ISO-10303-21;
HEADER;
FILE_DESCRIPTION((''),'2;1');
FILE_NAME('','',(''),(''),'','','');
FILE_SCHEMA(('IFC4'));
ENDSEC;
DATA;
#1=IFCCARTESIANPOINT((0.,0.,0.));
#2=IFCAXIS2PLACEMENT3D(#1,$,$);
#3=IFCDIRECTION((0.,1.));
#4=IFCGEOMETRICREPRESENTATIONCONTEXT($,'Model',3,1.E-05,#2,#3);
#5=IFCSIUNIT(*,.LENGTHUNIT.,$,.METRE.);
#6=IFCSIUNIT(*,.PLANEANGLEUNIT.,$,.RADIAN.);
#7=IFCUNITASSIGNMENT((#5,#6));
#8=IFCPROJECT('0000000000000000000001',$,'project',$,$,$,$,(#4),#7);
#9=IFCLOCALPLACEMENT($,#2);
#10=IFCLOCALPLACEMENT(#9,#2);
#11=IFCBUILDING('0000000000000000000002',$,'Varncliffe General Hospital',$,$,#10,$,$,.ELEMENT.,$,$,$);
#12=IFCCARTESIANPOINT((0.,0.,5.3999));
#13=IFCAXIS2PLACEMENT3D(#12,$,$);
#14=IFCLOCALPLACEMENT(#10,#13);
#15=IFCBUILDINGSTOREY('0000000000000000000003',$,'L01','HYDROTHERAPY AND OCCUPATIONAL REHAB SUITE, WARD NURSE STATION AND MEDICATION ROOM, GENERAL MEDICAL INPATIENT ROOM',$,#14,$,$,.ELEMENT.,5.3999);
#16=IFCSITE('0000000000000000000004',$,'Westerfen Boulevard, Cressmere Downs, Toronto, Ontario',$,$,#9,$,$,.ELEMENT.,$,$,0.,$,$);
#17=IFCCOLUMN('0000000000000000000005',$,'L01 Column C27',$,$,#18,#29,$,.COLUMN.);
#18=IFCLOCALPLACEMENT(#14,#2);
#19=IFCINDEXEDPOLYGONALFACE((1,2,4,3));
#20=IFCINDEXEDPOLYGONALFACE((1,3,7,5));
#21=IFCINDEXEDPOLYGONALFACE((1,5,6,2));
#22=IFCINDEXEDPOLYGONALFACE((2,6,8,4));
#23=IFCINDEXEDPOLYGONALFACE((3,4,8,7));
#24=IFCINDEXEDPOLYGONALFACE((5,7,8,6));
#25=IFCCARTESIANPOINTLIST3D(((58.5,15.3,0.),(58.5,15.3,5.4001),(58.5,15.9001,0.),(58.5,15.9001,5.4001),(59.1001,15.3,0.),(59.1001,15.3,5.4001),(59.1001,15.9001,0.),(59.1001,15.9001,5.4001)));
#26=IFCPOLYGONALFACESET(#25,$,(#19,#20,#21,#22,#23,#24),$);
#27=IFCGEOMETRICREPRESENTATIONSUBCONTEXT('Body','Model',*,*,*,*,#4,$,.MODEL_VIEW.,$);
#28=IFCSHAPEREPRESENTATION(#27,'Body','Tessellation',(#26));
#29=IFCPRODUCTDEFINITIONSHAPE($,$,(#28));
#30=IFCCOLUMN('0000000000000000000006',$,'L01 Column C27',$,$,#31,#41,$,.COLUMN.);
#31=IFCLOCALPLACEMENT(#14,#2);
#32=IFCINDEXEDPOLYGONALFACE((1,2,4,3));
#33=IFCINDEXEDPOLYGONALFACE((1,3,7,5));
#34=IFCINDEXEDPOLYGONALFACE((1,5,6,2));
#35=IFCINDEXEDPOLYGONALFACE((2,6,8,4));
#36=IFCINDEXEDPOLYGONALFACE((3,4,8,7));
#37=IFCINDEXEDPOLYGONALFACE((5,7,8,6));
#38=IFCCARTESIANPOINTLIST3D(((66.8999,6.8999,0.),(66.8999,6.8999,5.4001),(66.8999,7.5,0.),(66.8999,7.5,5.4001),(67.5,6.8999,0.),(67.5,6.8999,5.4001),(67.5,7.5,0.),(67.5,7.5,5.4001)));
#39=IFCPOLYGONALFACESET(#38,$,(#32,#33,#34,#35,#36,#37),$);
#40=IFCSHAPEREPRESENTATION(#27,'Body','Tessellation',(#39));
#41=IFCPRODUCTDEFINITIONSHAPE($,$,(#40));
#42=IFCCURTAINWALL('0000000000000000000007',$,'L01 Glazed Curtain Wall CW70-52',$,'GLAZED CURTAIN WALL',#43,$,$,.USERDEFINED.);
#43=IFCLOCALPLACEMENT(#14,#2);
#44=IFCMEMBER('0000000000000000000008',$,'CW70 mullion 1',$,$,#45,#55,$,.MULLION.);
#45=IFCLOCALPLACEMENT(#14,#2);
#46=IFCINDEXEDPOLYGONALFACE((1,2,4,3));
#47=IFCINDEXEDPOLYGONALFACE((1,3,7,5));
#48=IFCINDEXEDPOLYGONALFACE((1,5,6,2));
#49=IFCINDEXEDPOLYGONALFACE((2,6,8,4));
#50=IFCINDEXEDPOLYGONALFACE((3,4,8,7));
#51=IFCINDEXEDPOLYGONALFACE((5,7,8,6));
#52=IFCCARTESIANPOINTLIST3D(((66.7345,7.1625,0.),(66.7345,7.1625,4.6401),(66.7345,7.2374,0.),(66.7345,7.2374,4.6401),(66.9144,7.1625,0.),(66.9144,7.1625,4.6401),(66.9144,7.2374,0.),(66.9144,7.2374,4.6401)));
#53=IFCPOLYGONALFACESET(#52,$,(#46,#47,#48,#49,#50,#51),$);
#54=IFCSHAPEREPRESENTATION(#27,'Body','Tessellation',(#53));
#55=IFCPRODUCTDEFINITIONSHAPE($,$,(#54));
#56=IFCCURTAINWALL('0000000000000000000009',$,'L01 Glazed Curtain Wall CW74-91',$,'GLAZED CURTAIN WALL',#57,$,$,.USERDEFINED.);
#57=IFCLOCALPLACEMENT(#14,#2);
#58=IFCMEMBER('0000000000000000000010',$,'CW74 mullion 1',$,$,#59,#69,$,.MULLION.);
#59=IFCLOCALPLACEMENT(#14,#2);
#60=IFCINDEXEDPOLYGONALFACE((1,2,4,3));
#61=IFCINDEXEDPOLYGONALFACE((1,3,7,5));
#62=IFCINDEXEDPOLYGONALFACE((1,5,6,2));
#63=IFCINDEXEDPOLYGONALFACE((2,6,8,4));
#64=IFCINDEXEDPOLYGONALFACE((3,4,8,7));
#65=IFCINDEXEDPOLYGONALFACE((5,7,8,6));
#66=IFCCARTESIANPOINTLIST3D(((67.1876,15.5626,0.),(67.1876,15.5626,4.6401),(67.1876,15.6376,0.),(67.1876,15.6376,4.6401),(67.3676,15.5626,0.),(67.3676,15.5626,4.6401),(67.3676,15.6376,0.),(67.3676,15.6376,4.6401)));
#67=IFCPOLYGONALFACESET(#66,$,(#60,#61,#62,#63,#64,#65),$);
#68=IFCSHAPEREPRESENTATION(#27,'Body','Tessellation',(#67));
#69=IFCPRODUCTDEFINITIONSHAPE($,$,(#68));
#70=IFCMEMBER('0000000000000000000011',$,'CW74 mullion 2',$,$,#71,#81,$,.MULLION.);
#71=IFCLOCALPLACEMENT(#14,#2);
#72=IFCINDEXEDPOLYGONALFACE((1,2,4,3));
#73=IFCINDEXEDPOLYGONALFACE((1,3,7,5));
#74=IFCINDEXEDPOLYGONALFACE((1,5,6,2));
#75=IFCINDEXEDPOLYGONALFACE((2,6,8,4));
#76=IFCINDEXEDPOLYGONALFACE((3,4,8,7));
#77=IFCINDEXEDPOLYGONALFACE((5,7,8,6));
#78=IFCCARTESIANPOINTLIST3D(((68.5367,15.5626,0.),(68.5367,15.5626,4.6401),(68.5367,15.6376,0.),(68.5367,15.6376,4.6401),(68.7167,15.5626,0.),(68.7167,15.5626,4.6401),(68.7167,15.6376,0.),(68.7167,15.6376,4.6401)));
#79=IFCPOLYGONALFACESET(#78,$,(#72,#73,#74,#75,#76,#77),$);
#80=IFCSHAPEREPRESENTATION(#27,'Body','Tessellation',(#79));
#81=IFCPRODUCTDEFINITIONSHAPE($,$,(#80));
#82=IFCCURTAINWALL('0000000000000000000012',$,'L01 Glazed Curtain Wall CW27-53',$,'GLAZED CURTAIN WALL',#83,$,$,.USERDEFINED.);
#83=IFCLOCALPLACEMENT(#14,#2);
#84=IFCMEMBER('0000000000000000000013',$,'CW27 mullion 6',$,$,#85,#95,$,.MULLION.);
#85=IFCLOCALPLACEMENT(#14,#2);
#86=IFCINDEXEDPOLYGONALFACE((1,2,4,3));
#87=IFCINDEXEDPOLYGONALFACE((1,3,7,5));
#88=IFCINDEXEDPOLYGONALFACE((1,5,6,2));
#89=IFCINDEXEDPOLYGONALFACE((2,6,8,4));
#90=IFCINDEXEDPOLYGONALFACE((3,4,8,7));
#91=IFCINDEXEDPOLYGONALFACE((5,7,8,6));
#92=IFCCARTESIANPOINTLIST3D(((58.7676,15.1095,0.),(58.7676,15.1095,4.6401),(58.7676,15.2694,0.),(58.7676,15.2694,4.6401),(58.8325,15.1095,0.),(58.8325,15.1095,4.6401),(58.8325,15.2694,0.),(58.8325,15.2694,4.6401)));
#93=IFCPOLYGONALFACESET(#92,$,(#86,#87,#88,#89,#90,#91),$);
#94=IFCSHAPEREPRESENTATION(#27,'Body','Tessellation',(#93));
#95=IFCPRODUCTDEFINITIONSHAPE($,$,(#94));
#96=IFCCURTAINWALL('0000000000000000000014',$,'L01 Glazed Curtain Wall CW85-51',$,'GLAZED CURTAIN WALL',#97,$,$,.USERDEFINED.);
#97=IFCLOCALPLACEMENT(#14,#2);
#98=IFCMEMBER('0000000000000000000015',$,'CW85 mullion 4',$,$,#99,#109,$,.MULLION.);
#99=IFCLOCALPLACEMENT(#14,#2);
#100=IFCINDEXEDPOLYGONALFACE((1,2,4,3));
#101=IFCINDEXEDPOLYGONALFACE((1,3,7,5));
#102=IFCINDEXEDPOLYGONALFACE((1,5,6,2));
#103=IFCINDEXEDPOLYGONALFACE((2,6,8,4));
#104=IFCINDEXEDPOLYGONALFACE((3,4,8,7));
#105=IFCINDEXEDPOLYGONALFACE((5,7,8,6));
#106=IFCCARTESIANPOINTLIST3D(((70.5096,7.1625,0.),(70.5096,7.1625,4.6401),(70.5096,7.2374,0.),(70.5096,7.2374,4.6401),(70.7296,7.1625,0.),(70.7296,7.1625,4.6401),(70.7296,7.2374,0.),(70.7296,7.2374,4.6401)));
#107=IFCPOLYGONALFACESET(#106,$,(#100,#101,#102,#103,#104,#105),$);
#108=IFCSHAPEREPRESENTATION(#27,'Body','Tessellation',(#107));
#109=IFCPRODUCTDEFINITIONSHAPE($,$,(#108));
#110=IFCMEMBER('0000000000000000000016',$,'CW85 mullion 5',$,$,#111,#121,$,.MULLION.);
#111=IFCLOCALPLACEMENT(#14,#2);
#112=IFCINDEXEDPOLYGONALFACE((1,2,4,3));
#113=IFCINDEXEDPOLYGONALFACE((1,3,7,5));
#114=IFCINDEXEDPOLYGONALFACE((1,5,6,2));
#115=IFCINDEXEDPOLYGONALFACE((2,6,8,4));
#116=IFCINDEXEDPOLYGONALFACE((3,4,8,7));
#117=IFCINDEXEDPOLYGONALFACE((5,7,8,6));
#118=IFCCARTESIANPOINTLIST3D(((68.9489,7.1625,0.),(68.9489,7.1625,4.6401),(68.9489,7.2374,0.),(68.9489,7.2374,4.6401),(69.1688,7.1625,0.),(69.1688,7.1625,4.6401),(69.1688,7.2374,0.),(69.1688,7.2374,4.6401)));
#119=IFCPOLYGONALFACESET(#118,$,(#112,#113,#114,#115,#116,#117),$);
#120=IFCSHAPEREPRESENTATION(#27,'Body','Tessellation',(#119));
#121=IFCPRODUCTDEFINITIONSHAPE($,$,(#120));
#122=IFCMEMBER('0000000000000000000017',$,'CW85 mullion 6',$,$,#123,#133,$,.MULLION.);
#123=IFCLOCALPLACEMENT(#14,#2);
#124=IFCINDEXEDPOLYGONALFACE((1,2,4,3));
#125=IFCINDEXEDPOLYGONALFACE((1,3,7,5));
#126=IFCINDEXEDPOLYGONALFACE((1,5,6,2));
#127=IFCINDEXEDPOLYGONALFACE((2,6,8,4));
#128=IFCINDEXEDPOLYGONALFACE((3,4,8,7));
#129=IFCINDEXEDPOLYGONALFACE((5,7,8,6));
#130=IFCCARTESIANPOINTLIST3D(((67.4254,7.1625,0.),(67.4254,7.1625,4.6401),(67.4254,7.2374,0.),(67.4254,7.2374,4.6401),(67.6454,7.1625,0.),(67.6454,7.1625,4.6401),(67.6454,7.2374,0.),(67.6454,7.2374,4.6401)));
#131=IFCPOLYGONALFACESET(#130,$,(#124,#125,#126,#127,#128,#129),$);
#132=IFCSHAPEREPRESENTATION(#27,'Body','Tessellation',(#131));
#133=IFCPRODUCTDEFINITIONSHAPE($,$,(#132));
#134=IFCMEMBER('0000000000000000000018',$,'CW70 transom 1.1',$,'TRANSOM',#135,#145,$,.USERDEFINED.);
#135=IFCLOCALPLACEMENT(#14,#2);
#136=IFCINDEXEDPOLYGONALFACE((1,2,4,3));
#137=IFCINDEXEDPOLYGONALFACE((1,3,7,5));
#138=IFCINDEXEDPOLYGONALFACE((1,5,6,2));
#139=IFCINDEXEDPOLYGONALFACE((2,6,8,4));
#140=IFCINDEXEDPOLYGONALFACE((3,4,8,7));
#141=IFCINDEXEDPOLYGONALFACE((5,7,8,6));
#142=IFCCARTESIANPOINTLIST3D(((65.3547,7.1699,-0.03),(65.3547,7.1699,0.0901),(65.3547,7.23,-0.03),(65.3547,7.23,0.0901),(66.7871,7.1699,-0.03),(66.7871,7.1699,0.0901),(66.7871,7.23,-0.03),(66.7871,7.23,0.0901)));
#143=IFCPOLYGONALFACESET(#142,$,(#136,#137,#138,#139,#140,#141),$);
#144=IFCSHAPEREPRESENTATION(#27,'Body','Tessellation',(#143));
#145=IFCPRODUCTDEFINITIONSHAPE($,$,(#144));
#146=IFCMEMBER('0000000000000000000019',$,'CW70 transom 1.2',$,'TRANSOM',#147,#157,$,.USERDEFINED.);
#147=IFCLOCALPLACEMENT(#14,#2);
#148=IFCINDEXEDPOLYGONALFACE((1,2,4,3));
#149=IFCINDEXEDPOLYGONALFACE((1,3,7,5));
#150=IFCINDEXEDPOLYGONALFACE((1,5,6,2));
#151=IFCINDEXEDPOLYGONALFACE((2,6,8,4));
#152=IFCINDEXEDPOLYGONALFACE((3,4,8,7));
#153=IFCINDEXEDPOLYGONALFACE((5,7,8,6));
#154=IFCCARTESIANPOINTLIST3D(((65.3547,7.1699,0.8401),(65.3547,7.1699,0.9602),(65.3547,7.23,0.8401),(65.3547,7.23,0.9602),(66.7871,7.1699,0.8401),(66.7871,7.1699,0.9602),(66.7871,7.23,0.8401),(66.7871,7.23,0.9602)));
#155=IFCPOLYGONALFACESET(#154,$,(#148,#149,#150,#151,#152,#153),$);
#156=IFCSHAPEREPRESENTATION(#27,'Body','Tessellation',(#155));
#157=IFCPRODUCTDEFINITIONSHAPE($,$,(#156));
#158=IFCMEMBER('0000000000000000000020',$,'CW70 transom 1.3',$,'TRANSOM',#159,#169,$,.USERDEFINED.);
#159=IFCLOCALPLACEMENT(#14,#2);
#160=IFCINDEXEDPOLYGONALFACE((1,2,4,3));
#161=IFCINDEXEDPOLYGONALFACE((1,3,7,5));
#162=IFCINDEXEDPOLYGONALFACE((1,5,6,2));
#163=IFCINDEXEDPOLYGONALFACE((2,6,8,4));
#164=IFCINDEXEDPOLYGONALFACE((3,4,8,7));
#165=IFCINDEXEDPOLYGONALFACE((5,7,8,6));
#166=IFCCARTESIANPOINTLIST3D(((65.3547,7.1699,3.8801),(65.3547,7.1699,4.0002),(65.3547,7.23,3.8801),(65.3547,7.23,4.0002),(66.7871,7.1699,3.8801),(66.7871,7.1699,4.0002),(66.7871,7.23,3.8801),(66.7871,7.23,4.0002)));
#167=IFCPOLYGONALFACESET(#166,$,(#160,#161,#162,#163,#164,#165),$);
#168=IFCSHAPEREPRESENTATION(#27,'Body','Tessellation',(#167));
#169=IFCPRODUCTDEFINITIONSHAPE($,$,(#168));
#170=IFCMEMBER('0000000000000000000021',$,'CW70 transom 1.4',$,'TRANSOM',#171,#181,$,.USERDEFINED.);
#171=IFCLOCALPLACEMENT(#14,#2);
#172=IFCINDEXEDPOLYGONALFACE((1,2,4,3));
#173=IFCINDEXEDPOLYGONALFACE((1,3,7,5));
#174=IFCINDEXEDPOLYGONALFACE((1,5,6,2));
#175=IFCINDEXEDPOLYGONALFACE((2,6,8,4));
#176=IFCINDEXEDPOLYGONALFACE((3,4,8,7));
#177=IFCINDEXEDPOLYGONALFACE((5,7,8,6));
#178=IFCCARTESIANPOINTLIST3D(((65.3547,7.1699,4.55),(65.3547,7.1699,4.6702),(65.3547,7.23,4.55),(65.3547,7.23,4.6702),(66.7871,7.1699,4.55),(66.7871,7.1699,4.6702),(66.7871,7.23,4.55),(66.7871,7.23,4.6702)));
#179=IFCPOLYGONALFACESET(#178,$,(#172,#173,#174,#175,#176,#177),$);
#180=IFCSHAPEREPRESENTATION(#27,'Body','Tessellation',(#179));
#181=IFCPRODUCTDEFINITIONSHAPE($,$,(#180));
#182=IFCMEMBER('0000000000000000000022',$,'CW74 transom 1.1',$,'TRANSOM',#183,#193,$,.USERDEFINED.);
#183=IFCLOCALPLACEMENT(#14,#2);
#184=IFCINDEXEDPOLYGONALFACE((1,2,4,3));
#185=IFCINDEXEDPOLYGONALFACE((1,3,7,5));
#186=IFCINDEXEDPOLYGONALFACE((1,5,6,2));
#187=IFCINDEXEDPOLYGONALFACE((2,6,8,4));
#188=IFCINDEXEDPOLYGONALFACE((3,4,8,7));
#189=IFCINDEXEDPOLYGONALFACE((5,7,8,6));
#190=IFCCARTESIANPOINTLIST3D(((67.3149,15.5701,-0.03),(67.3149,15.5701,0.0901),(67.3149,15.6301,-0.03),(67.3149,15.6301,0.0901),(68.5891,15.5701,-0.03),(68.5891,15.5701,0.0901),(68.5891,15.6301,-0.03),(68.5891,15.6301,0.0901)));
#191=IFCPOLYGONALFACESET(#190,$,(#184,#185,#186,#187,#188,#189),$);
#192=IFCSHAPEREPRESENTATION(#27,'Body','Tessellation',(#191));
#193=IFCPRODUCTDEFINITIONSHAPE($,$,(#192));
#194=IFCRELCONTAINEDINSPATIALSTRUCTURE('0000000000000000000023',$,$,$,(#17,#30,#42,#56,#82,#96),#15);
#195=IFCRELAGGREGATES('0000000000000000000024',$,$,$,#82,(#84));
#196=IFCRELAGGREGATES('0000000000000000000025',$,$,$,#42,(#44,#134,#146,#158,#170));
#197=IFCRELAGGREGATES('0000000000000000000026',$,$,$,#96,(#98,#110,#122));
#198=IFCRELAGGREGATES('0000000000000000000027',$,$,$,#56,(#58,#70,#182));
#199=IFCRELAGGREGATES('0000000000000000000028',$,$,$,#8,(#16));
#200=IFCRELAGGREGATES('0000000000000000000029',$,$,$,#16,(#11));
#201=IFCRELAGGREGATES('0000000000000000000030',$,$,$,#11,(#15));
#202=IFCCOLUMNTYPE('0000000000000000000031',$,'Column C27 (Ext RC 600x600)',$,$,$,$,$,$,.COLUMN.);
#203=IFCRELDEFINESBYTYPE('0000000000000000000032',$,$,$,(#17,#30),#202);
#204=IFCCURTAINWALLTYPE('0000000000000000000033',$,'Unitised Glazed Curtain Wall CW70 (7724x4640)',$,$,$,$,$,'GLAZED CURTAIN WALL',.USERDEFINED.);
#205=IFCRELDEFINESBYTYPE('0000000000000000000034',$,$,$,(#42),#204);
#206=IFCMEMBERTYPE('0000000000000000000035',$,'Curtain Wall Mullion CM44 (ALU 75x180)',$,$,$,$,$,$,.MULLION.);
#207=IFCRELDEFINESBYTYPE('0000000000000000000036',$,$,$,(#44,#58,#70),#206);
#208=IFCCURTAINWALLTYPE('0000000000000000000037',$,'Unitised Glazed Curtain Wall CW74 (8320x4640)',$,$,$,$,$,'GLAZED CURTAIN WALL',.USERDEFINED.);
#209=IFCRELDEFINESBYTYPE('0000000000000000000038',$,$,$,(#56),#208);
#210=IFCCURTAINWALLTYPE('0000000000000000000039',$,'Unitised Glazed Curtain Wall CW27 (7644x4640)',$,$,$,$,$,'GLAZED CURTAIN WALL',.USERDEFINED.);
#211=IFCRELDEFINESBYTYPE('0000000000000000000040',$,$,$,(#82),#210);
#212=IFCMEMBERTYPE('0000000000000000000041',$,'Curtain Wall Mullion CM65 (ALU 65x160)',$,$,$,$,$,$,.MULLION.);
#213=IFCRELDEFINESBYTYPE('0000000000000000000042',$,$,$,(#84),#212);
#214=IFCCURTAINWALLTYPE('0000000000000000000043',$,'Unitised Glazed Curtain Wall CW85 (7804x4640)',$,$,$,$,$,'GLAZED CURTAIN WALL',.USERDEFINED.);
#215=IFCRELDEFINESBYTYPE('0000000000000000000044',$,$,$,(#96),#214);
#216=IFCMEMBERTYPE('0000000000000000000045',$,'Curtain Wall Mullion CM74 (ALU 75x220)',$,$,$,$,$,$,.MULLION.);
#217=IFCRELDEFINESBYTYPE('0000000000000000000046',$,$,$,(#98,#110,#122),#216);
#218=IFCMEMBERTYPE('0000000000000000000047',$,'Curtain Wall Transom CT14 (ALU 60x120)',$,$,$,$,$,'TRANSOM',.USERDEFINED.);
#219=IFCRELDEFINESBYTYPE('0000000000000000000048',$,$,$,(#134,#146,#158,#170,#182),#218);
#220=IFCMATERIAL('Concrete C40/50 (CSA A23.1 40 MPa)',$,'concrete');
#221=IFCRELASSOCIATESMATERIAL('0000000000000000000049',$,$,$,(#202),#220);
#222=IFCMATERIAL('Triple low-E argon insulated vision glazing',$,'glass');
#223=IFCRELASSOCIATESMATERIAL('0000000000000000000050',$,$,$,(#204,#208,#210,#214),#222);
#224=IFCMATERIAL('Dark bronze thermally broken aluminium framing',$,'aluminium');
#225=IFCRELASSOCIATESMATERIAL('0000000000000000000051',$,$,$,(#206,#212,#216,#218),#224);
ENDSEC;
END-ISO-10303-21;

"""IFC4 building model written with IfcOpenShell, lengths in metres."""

from ifc_helpers import new_model, si_unit, direction, frame, origin, origin_2d, place, context, subcontext, project, spatial, rectangle, extrude, material, material_profile, profile_set, type_object, element, aggregate, save


model = new_model("IFC4")

# Units and contexts
model_context = context("Model", 3, precision=1e-05, world=origin(), true_north=direction((0.0, 1.0)))
body_context = subcontext(model_context, "Body", "Model", "MODEL_VIEW")
ifc_project = project(units=[si_unit("LENGTHUNIT", "METRE"), si_unit("PLANEANGLEUNIT", "RADIAN")], contexts=[model_context])

# Site, building, storey
site_placement = place(None, origin())
site = spatial("IfcSite", under=ifc_project, at=site_placement, Name="Westerfen Boulevard, Cressmere Downs, Toronto, Ontario", CompositionType="ELEMENT", RefElevation=0.0)
building_placement = place(site_placement, origin())
building = spatial("IfcBuilding", under=site, at=building_placement, Name="Varncliffe General Hospital", CompositionType="ELEMENT")
storey_placement = place(building_placement, frame((0.0, 0.0, 5.3999)))
storey = spatial("IfcBuildingStorey", under=building, at=storey_placement, Name="L01", Description="HYDROTHERAPY AND OCCUPATIONAL REHAB SUITE, WARD NURSE STATION AND MEDICATION ROOM, GENERAL MEDICAL INPATIENT ROOM", CompositionType="ELEMENT", Elevation=5.3999)

# Columns
ifc_material_1 = material(Name="Concrete C40/50 (CSA A23.1 40 MPa)", Category="concrete")
ifc_material_profile_1 = material_profile(ifc_material_1, rectangle(XDim=0.6001, YDim=0.6001, at=origin_2d()), Name="RC 600x600")
ifc_profile_set_1 = profile_set([ifc_material_profile_1], Name="Concrete C40/50 (CSA A23.1 40 MPa)")
column_type = type_object("IfcColumnType", Name="Column C27 (Ext RC 600x600)", PredefinedType="COLUMN", material=ifc_profile_set_1)
for number, where, z_axis, x_axis, name in (
    (1, (58.8, 15.6001, 0.0), (0.0, 0.0, 1.0), (1.0, 0.0, 0.0), "L01 Column C27"),
    (2, (67.2, 7.2, 0.0), (0.0, 0.0, 1.0), (1.0, 0.0, 0.0), "L01 Column C27"),
):
    element("IfcColumn", number, at=place(storey_placement, frame(where, z_axis=z_axis, x_axis=x_axis)), inside=storey, type_object=column_type, Name=name, PredefinedType="COLUMN", context=body_context, shape_type="SweptSolid", body=[
        extrude(rectangle(XDim=0.6001, YDim=0.6001, at=origin_2d()), origin(), (0.0, 0.0, 1.0), 5.4001),
    ])

# Curtain wall, member
ifc_material_2 = material(Name="Triple low-E argon insulated vision glazing", Category="glass")
curtain_wall_type_1 = type_object("IfcCurtainWallType", Name="Unitised Glazed Curtain Wall CW70 (7724x4640)", ElementType="GLAZED CURTAIN WALL", PredefinedType="USERDEFINED", material=ifc_material_2)
curtain_wall_1_placement = place(storey_placement, origin())
curtain_wall_1 = element("IfcCurtainWall", 3, at=curtain_wall_1_placement, inside=storey, type_object=curtain_wall_type_1, Name="L01 Glazed Curtain Wall CW70-52", ObjectType="GLAZED CURTAIN WALL", PredefinedType="USERDEFINED")
ifc_material_3 = material(Name="Dark bronze thermally broken aluminium framing", Category="aluminium")
ifc_material_profile_2 = material_profile(ifc_material_3, rectangle(XDim=0.075, YDim=0.1799, at=origin_2d()), Name="ALU 75x180")
ifc_profile_set_2 = profile_set([ifc_material_profile_2], Name="Dark bronze thermally broken aluminium framing")
member_type_1 = type_object("IfcMemberType", Name="Curtain Wall Mullion CM44 (ALU 75x180)", PredefinedType="MULLION", material=ifc_profile_set_2)
member_1_placement = place(storey_placement, frame((66.8245, 7.2, 0.0), z_axis=(0.0, 0.0, 1.0), x_axis=(0.0, -1.0, 0.0)))
member_1 = element("IfcMember", 4, at=member_1_placement, type_object=member_type_1, Name="CW70 mullion 1", PredefinedType="MULLION", context=body_context, shape_type="SweptSolid", body=[
    extrude(rectangle(XDim=0.075, YDim=0.1799, at=origin_2d()), origin(), (0.0, 0.0, 1.0), 4.6401),
])

# Curtain wall, members
curtain_wall_type_2 = type_object("IfcCurtainWallType", Name="Unitised Glazed Curtain Wall CW74 (8320x4640)", ElementType="GLAZED CURTAIN WALL", PredefinedType="USERDEFINED", material=ifc_material_2)
curtain_wall_2_placement = place(storey_placement, origin())
curtain_wall_2 = element("IfcCurtainWall", 5, at=curtain_wall_2_placement, inside=storey, type_object=curtain_wall_type_2, Name="L01 Glazed Curtain Wall CW74-91", ObjectType="GLAZED CURTAIN WALL", PredefinedType="USERDEFINED")
member_2_placement = place(storey_placement, frame((67.2776, 15.6001, 0.0), z_axis=(0.0, 0.0, 1.0), x_axis=(0.0, 1.0, 0.0)))
member_2 = element("IfcMember", 6, at=member_2_placement, type_object=member_type_1, Name="CW74 mullion 1", PredefinedType="MULLION", context=body_context, shape_type="SweptSolid", body=[
    extrude(rectangle(XDim=0.075, YDim=0.1799, at=origin_2d()), origin(), (0.0, 0.0, 1.0), 4.6401),
])
member_3_placement = place(storey_placement, frame((68.6267, 15.6001, 0.0), z_axis=(0.0, 0.0, 1.0), x_axis=(0.0, 1.0, 0.0)))
member_3 = element("IfcMember", 7, at=member_3_placement, type_object=member_type_1, Name="CW74 mullion 2", PredefinedType="MULLION", context=body_context, shape_type="SweptSolid", body=[
    extrude(rectangle(XDim=0.075, YDim=0.1799, at=origin_2d()), origin(), (0.0, 0.0, 1.0), 4.6401),
])

# Curtain wall, member
curtain_wall_type_3 = type_object("IfcCurtainWallType", Name="Unitised Glazed Curtain Wall CW27 (7644x4640)", ElementType="GLAZED CURTAIN WALL", PredefinedType="USERDEFINED", material=ifc_material_2)
curtain_wall_3_placement = place(storey_placement, origin())
curtain_wall_3 = element("IfcCurtainWall", 8, at=curtain_wall_3_placement, inside=storey, type_object=curtain_wall_type_3, Name="L01 Glazed Curtain Wall CW27-53", ObjectType="GLAZED CURTAIN WALL", PredefinedType="USERDEFINED")
ifc_material_profile_3 = material_profile(ifc_material_3, rectangle(XDim=0.0649, YDim=0.1599, at=origin_2d()), Name="ALU 65x160")
ifc_profile_set_3 = profile_set([ifc_material_profile_3], Name="Dark bronze thermally broken aluminium framing")
member_type_2 = type_object("IfcMemberType", Name="Curtain Wall Mullion CM65 (ALU 65x160)", PredefinedType="MULLION", material=ifc_profile_set_3)
member_4_placement = place(storey_placement, frame((58.8, 15.1895, 0.0), z_axis=(0.0, 0.0, 1.0), x_axis=(-1.0, 0.0, 0.0)))
member_4 = element("IfcMember", 9, at=member_4_placement, type_object=member_type_2, Name="CW27 mullion 6", PredefinedType="MULLION", context=body_context, shape_type="SweptSolid", body=[
    extrude(rectangle(XDim=0.0649, YDim=0.1599, at=origin_2d()), origin(), (0.0, 0.0, 1.0), 4.6401),
])
aggregate(curtain_wall_3, [member_4])

# Curtain wall, members
curtain_wall_type_4 = type_object("IfcCurtainWallType", Name="Unitised Glazed Curtain Wall CW85 (7804x4640)", ElementType="GLAZED CURTAIN WALL", PredefinedType="USERDEFINED", material=ifc_material_2)
curtain_wall_4_placement = place(storey_placement, origin())
curtain_wall_4 = element("IfcCurtainWall", 10, at=curtain_wall_4_placement, inside=storey, type_object=curtain_wall_type_4, Name="L01 Glazed Curtain Wall CW85-51", ObjectType="GLAZED CURTAIN WALL", PredefinedType="USERDEFINED")
ifc_material_profile_4 = material_profile(ifc_material_3, rectangle(XDim=0.075, YDim=0.22, at=origin_2d()), Name="ALU 75x220")
ifc_profile_set_4 = profile_set([ifc_material_profile_4], Name="Dark bronze thermally broken aluminium framing")
member_type_3 = type_object("IfcMemberType", Name="Curtain Wall Mullion CM74 (ALU 75x220)", PredefinedType="MULLION", material=ifc_profile_set_4)
member_5_placement = place(storey_placement, frame((70.6196, 7.2, 0.0), z_axis=(0.0, 0.0, 1.0), x_axis=(0.0, -1.0, 0.0)))
member_5 = element("IfcMember", 11, at=member_5_placement, type_object=member_type_3, Name="CW85 mullion 4", PredefinedType="MULLION", context=body_context, shape_type="SweptSolid", body=[
    extrude(rectangle(XDim=0.075, YDim=0.22, at=origin_2d()), origin(), (0.0, 0.0, 1.0), 4.6401),
])
member_6_placement = place(storey_placement, frame((69.0588, 7.2, 0.0), z_axis=(0.0, 0.0, 1.0), x_axis=(0.0, -1.0, 0.0)))
member_6 = element("IfcMember", 12, at=member_6_placement, type_object=member_type_3, Name="CW85 mullion 5", PredefinedType="MULLION", context=body_context, shape_type="SweptSolid", body=[
    extrude(rectangle(XDim=0.075, YDim=0.22, at=origin_2d()), origin(), (0.0, 0.0, 1.0), 4.6401),
])
member_7_placement = place(storey_placement, frame((67.5354, 7.2, 0.0), z_axis=(0.0, 0.0, 1.0), x_axis=(0.0, -1.0, 0.0)))
member_7 = element("IfcMember", 13, at=member_7_placement, type_object=member_type_3, Name="CW85 mullion 6", PredefinedType="MULLION", context=body_context, shape_type="SweptSolid", body=[
    extrude(rectangle(XDim=0.075, YDim=0.22, at=origin_2d()), origin(), (0.0, 0.0, 1.0), 4.6401),
])

# Members
ifc_material_profile_5 = material_profile(ifc_material_3, rectangle(XDim=0.0601, YDim=0.1201, at=origin_2d()), Name="ALU 60x120")
ifc_profile_set_5 = profile_set([ifc_material_profile_5], Name="Dark bronze thermally broken aluminium framing")
member_type_4 = type_object("IfcMemberType", Name="Curtain Wall Transom CT14 (ALU 60x120)", ElementType="TRANSOM", PredefinedType="USERDEFINED", material=ifc_profile_set_5)
member_8_placement = place(storey_placement, frame((66.7871, 7.2, 0.03), z_axis=(-1.0, 0.0, 0.0), x_axis=(0.0, -1.0, 0.0)))
member_8 = element("IfcMember", 14, at=member_8_placement, type_object=member_type_4, Name="CW70 transom 1.1", ObjectType="TRANSOM", PredefinedType="USERDEFINED", context=body_context, shape_type="SweptSolid", body=[
    extrude(rectangle(XDim=0.0601, YDim=0.1201, at=origin_2d()), origin(), (0.0, 0.0, 1.0), 1.4324),
])
member_9_placement = place(storey_placement, frame((66.7871, 7.2, 0.9001), z_axis=(-1.0, 0.0, 0.0), x_axis=(0.0, -1.0, 0.0)))
member_9 = element("IfcMember", 15, at=member_9_placement, type_object=member_type_4, Name="CW70 transom 1.2", ObjectType="TRANSOM", PredefinedType="USERDEFINED", context=body_context, shape_type="SweptSolid", body=[
    extrude(rectangle(XDim=0.0601, YDim=0.1201, at=origin_2d()), origin(), (0.0, 0.0, 1.0), 1.4324),
])
member_10_placement = place(storey_placement, frame((66.7871, 7.2, 3.9402), z_axis=(-1.0, 0.0, 0.0), x_axis=(0.0, -1.0, 0.0)))
member_10 = element("IfcMember", 16, at=member_10_placement, type_object=member_type_4, Name="CW70 transom 1.3", ObjectType="TRANSOM", PredefinedType="USERDEFINED", context=body_context, shape_type="SweptSolid", body=[
    extrude(rectangle(XDim=0.0601, YDim=0.1201, at=origin_2d()), origin(), (0.0, 0.0, 1.0), 1.4324),
])
member_11_placement = place(storey_placement, frame((66.7871, 7.2, 4.6101), z_axis=(-1.0, 0.0, 0.0), x_axis=(0.0, -1.0, 0.0)))
member_11 = element("IfcMember", 17, at=member_11_placement, type_object=member_type_4, Name="CW70 transom 1.4", ObjectType="TRANSOM", PredefinedType="USERDEFINED", context=body_context, shape_type="SweptSolid", body=[
    extrude(rectangle(XDim=0.0601, YDim=0.1201, at=origin_2d()), origin(), (0.0, 0.0, 1.0), 1.4324),
])
member_12_placement = place(storey_placement, frame((67.3149, 15.6001, 0.03), z_axis=(1.0, 0.0, 0.0), x_axis=(0.0, 1.0, 0.0)))
member_12 = element("IfcMember", 18, at=member_12_placement, type_object=member_type_4, Name="CW74 transom 1.1", ObjectType="TRANSOM", PredefinedType="USERDEFINED", context=body_context, shape_type="SweptSolid", body=[
    extrude(rectangle(XDim=0.0601, YDim=0.1201, at=origin_2d()), origin(), (0.0, 0.0, 1.0), 1.2742),
])

aggregate(curtain_wall_1, [member_1, member_8, member_9, member_10, member_11])
aggregate(curtain_wall_4, [member_5, member_6, member_7])
aggregate(curtain_wall_2, [member_2, member_3, member_12])

save(model, "model.ifc")
